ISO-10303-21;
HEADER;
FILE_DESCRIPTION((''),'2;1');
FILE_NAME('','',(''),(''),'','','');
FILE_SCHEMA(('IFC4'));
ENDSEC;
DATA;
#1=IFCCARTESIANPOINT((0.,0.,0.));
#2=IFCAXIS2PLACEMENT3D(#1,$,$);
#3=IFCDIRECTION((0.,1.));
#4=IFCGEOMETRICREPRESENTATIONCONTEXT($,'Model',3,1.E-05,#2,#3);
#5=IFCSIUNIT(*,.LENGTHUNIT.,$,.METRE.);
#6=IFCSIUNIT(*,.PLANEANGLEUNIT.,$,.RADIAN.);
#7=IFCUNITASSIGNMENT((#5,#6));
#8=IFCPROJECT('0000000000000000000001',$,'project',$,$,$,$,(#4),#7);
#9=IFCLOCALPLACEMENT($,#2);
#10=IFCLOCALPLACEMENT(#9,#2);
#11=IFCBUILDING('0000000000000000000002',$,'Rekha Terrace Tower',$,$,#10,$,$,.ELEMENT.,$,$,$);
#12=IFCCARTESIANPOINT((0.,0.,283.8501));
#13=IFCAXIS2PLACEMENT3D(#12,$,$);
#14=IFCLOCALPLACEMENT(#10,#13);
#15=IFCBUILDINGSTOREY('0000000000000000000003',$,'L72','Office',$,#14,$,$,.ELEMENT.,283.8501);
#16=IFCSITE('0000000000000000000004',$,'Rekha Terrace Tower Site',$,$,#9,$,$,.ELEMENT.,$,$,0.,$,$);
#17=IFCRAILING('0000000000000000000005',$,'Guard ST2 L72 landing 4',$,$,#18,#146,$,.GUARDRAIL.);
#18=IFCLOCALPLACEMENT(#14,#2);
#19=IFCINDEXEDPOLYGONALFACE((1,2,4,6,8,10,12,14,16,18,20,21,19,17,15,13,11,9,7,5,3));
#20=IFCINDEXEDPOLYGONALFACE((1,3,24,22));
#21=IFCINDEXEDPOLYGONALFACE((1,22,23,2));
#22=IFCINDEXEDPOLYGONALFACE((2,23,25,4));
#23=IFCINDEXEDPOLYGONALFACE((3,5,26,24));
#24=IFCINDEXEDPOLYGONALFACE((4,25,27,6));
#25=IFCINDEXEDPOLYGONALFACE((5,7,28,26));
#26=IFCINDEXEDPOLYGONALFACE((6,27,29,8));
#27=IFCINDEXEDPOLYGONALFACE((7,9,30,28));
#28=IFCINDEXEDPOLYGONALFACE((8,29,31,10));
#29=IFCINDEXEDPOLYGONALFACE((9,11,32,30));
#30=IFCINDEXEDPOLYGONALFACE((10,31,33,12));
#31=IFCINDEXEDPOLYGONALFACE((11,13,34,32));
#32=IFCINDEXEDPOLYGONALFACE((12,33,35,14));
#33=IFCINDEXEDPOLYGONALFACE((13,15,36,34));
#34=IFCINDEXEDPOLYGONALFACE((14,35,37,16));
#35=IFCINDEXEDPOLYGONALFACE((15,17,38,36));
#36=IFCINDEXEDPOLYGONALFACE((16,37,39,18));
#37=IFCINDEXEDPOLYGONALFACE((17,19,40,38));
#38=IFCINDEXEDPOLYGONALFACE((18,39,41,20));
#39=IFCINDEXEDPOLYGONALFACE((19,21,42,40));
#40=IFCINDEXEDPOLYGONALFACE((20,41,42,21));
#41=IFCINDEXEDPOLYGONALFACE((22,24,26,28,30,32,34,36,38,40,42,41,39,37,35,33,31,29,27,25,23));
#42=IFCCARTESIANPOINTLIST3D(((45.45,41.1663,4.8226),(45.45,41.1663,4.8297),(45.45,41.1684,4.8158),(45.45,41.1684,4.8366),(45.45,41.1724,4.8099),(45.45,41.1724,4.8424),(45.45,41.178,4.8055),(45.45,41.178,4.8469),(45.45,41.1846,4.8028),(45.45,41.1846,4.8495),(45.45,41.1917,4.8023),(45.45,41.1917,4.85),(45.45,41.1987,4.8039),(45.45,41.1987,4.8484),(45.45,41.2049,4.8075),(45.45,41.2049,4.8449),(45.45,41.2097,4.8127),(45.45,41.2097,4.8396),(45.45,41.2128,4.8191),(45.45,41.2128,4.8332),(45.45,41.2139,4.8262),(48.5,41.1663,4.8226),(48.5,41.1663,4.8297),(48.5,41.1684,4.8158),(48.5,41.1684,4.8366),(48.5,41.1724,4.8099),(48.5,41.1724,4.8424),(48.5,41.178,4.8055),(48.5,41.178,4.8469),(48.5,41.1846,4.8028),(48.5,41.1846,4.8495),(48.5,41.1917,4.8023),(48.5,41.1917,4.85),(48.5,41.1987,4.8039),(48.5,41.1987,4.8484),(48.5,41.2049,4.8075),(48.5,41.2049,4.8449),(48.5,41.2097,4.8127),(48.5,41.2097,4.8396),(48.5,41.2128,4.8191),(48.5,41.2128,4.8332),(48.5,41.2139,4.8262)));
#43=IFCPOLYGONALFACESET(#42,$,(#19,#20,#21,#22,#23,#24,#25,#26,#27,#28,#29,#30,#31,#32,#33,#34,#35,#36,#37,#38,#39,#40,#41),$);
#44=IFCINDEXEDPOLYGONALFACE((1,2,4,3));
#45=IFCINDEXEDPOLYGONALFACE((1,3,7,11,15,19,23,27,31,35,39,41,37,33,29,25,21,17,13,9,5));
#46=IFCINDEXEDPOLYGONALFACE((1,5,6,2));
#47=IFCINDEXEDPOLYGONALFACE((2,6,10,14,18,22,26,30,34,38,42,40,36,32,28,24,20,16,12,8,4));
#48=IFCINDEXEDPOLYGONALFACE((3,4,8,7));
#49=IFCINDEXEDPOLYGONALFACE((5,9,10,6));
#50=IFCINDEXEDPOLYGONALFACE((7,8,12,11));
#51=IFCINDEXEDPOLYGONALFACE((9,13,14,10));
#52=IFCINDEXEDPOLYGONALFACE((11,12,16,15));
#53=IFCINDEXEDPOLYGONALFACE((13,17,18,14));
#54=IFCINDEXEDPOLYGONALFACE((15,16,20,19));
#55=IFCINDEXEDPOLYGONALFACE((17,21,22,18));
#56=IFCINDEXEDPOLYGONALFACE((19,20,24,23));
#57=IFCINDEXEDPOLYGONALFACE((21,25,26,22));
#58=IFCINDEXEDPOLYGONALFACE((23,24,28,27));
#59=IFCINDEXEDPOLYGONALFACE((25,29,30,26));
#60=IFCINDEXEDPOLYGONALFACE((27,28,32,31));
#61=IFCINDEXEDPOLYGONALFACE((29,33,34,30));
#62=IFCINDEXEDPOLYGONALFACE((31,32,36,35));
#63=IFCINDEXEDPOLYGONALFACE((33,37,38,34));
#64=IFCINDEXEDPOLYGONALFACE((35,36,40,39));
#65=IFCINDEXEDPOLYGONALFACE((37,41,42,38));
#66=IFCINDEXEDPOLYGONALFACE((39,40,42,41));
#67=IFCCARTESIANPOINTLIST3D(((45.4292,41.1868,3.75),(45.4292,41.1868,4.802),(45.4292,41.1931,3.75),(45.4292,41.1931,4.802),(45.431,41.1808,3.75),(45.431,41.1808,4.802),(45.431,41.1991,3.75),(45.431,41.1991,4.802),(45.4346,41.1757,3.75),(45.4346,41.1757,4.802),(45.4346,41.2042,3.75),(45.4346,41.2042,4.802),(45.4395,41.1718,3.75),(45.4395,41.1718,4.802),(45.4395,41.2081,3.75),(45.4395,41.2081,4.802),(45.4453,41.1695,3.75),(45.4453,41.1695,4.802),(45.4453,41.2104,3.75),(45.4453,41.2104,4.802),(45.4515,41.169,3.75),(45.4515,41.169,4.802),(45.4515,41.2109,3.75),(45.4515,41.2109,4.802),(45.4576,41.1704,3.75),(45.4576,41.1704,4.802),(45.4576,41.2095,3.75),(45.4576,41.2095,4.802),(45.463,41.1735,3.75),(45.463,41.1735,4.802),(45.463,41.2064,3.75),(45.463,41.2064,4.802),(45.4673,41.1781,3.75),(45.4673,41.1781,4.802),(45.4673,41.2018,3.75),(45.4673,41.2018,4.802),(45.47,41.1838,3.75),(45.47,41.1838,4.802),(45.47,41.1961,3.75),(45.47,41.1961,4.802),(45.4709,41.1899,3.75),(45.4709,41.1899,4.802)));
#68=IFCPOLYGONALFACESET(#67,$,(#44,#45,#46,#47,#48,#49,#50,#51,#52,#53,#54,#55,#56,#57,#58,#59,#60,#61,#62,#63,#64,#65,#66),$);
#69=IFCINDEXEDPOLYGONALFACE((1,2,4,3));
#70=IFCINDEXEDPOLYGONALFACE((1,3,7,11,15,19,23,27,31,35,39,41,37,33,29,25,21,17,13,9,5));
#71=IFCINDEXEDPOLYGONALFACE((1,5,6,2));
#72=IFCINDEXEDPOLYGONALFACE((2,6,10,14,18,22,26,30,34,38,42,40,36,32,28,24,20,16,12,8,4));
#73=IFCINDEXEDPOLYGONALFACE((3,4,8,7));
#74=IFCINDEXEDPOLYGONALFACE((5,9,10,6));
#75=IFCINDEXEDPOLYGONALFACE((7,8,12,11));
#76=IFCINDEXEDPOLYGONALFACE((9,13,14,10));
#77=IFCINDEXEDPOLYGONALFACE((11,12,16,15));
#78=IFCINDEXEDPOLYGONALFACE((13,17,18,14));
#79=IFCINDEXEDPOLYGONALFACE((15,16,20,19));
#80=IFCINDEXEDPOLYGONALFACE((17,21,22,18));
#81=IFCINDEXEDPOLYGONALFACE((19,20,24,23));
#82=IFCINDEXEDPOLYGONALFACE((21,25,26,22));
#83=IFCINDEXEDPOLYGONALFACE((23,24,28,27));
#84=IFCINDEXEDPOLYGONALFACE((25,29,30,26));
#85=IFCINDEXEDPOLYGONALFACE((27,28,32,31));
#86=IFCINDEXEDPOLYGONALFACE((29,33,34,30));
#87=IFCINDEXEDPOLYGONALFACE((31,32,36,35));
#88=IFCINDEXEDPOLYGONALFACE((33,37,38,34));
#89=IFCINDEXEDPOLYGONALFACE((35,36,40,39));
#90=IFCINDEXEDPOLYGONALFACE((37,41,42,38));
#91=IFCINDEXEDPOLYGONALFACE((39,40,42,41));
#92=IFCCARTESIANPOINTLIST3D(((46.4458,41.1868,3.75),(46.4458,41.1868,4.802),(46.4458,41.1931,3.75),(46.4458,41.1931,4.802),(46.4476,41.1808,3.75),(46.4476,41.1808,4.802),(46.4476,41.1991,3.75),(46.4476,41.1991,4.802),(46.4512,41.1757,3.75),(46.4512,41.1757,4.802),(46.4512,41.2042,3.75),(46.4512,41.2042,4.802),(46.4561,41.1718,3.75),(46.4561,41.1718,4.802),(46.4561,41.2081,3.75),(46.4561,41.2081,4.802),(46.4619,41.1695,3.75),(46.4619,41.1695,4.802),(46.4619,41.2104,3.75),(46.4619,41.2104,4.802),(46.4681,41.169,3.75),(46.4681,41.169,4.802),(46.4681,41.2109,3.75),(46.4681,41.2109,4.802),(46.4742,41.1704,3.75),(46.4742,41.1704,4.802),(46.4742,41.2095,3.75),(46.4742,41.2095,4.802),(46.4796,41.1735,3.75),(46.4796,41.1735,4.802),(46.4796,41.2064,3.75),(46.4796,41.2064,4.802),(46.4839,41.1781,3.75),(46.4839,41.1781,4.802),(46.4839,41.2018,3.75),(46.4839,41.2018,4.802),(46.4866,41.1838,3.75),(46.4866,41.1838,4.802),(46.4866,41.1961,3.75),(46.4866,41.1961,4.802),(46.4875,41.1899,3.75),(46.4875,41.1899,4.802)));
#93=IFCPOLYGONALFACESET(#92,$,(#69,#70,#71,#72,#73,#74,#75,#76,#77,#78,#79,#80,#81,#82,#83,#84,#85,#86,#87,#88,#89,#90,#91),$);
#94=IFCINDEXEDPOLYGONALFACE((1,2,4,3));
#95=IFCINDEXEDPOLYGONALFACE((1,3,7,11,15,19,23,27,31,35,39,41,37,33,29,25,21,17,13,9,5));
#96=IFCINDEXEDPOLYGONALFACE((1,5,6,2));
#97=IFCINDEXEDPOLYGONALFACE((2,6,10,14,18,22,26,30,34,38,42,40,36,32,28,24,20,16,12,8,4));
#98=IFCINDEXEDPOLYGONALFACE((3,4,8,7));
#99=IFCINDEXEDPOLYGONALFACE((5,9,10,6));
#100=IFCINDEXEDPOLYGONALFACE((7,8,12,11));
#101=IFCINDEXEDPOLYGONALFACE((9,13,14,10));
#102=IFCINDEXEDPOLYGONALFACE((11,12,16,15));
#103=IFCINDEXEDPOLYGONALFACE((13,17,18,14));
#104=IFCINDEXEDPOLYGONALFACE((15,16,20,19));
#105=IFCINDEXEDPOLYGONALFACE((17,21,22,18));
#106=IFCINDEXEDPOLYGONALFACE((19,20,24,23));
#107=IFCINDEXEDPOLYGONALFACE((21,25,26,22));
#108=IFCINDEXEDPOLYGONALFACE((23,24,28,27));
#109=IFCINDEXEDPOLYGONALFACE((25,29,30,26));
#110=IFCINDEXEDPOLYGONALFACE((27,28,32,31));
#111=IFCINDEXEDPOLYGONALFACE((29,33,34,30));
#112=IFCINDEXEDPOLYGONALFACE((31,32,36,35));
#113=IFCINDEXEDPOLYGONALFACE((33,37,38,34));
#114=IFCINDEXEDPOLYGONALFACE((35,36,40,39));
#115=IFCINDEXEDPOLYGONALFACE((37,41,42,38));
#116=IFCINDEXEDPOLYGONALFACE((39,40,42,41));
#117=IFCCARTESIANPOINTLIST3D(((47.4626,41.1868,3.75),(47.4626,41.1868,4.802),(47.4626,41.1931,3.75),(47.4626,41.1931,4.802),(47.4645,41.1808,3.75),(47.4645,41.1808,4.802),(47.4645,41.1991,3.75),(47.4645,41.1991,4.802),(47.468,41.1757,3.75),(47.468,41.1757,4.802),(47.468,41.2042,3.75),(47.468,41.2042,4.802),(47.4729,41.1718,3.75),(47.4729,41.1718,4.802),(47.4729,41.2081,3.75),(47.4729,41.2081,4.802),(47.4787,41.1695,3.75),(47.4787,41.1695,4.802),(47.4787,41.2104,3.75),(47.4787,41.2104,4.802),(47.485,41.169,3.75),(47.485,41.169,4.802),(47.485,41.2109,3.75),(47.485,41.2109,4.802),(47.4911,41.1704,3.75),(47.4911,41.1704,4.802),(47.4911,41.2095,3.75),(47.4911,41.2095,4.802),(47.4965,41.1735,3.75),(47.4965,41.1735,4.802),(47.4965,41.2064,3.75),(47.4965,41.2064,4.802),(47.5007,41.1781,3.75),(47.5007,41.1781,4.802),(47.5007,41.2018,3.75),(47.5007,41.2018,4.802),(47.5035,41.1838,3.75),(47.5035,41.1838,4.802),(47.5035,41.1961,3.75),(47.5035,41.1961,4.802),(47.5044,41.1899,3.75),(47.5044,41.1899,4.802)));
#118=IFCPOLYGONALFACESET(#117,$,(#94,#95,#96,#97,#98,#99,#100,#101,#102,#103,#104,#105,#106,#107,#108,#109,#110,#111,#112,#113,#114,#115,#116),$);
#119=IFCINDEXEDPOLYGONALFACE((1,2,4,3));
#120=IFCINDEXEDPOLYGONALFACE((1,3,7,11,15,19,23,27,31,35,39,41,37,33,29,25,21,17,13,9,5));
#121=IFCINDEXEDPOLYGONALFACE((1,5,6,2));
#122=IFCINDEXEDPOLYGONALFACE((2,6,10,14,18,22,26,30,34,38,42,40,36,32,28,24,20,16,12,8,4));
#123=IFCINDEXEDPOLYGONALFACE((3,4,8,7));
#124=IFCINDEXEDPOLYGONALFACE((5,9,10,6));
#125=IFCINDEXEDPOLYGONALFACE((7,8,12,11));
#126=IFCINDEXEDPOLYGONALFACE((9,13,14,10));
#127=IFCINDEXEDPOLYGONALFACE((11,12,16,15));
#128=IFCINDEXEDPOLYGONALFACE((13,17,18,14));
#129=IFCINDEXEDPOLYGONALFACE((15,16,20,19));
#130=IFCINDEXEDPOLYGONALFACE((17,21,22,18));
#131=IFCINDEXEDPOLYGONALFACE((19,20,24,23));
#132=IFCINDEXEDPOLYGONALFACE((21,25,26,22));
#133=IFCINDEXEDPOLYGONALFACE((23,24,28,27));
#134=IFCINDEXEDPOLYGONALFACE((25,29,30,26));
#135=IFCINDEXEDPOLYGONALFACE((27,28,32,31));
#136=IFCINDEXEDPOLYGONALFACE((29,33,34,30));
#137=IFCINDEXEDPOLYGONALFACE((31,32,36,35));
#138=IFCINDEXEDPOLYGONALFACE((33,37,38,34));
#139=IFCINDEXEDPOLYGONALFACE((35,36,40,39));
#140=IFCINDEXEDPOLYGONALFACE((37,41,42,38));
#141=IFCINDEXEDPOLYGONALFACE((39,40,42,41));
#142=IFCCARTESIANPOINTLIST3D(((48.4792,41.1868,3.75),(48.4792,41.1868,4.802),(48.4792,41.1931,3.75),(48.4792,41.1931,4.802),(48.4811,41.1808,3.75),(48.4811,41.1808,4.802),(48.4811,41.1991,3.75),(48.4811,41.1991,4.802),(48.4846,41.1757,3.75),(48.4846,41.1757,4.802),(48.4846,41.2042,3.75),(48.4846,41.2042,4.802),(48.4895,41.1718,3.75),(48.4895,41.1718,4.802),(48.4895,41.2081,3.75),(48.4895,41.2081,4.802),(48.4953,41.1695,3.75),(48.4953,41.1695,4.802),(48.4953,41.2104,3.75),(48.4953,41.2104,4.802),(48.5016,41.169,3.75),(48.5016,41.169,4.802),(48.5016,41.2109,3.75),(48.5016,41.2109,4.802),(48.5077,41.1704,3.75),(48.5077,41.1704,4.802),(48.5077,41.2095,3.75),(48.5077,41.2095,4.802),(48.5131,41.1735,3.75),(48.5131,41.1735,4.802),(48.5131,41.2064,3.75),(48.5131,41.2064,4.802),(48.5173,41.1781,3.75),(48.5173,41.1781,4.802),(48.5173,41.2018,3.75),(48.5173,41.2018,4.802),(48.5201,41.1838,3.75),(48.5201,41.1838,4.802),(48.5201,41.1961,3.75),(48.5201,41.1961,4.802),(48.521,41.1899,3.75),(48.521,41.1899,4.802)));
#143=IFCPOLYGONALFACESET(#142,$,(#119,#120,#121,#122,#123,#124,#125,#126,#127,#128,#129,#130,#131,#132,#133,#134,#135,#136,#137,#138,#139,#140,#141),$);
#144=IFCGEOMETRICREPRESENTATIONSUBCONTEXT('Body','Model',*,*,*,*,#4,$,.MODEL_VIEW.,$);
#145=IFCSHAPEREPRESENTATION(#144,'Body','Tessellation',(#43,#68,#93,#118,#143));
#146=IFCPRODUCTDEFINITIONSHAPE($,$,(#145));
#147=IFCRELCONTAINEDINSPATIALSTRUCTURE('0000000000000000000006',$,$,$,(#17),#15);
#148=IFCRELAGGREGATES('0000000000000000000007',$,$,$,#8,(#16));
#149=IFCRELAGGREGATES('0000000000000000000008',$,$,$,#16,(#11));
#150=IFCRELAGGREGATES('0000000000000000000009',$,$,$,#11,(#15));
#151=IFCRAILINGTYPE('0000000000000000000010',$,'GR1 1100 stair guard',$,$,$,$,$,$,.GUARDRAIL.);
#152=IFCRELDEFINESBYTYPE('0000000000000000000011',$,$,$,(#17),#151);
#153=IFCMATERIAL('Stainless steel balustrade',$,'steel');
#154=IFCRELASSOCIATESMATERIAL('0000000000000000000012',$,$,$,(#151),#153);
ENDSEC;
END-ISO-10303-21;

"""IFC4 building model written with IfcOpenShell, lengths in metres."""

from ifc_helpers import new_model, si_unit, direction, frame, origin, origin_2d, place, context, subcontext, project, spatial, circle, extrude, material, type_object, element, save


model = new_model("IFC4")

# Units and contexts
model_context = context("Model", 3, precision=1e-05, world=origin(), true_north=direction((0.0, 1.0)))
body_context = subcontext(model_context, "Body", "Model", "MODEL_VIEW")
ifc_project = project(units=[si_unit("LENGTHUNIT", "METRE"), si_unit("PLANEANGLEUNIT", "RADIAN")], contexts=[model_context])

# Site, building, storey
site_placement = place(None, origin())
site = spatial("IfcSite", under=ifc_project, at=site_placement, Name="Rekha Terrace Tower Site", CompositionType="ELEMENT", RefElevation=0.0)
building_placement = place(site_placement, origin())
building = spatial("IfcBuilding", under=site, at=building_placement, Name="Rekha Terrace Tower", CompositionType="ELEMENT")
storey_placement = place(building_placement, frame((0.0, 0.0, 283.8501)))
storey = spatial("IfcBuildingStorey", under=building, at=storey_placement, Name="L72", Description="Office", CompositionType="ELEMENT", Elevation=283.8501)

# Railing
ifc_material_1 = material(Name="Stainless steel balustrade", Category="steel")
railing_type_1 = type_object("IfcRailingType", Name="GR1 1100 stair guard", PredefinedType="GUARDRAIL", material=ifc_material_1)
railing_1_placement = place(storey_placement, frame((45.45, 41.1899, 3.75)))
element("IfcRailing", 1, at=railing_1_placement, inside=storey, type_object=railing_type_1, Name="Guard ST2 L72 landing 4", PredefinedType="GUARDRAIL", context=body_context, shape_type="SweptSolid", body=[
    extrude(circle(Radius=0.0239, at=origin_2d()), frame((0.0, 0.0, 1.0762), z_axis=(1.0, 0.0, 0.0), x_axis=(0.0, 1.0, 0.0)), (0.0, 0.0, 1.0), 3.05),
    extrude(circle(Radius=0.021, at=origin_2d()), origin(), (0.0, 0.0, 1.0), 1.052),
    extrude(circle(Radius=0.021, at=origin_2d()), frame((1.0166, 0.0, 0.0)), (0.0, 0.0, 1.0), 1.052),
    extrude(circle(Radius=0.021, at=origin_2d()), frame((2.0334, 0.0, 0.0)), (0.0, 0.0, 1.0), 1.052),
    extrude(circle(Radius=0.021, at=origin_2d()), frame((3.05, 0.0, 0.0)), (0.0, 0.0, 1.0), 1.052),
])

save(model, "model.ifc")
